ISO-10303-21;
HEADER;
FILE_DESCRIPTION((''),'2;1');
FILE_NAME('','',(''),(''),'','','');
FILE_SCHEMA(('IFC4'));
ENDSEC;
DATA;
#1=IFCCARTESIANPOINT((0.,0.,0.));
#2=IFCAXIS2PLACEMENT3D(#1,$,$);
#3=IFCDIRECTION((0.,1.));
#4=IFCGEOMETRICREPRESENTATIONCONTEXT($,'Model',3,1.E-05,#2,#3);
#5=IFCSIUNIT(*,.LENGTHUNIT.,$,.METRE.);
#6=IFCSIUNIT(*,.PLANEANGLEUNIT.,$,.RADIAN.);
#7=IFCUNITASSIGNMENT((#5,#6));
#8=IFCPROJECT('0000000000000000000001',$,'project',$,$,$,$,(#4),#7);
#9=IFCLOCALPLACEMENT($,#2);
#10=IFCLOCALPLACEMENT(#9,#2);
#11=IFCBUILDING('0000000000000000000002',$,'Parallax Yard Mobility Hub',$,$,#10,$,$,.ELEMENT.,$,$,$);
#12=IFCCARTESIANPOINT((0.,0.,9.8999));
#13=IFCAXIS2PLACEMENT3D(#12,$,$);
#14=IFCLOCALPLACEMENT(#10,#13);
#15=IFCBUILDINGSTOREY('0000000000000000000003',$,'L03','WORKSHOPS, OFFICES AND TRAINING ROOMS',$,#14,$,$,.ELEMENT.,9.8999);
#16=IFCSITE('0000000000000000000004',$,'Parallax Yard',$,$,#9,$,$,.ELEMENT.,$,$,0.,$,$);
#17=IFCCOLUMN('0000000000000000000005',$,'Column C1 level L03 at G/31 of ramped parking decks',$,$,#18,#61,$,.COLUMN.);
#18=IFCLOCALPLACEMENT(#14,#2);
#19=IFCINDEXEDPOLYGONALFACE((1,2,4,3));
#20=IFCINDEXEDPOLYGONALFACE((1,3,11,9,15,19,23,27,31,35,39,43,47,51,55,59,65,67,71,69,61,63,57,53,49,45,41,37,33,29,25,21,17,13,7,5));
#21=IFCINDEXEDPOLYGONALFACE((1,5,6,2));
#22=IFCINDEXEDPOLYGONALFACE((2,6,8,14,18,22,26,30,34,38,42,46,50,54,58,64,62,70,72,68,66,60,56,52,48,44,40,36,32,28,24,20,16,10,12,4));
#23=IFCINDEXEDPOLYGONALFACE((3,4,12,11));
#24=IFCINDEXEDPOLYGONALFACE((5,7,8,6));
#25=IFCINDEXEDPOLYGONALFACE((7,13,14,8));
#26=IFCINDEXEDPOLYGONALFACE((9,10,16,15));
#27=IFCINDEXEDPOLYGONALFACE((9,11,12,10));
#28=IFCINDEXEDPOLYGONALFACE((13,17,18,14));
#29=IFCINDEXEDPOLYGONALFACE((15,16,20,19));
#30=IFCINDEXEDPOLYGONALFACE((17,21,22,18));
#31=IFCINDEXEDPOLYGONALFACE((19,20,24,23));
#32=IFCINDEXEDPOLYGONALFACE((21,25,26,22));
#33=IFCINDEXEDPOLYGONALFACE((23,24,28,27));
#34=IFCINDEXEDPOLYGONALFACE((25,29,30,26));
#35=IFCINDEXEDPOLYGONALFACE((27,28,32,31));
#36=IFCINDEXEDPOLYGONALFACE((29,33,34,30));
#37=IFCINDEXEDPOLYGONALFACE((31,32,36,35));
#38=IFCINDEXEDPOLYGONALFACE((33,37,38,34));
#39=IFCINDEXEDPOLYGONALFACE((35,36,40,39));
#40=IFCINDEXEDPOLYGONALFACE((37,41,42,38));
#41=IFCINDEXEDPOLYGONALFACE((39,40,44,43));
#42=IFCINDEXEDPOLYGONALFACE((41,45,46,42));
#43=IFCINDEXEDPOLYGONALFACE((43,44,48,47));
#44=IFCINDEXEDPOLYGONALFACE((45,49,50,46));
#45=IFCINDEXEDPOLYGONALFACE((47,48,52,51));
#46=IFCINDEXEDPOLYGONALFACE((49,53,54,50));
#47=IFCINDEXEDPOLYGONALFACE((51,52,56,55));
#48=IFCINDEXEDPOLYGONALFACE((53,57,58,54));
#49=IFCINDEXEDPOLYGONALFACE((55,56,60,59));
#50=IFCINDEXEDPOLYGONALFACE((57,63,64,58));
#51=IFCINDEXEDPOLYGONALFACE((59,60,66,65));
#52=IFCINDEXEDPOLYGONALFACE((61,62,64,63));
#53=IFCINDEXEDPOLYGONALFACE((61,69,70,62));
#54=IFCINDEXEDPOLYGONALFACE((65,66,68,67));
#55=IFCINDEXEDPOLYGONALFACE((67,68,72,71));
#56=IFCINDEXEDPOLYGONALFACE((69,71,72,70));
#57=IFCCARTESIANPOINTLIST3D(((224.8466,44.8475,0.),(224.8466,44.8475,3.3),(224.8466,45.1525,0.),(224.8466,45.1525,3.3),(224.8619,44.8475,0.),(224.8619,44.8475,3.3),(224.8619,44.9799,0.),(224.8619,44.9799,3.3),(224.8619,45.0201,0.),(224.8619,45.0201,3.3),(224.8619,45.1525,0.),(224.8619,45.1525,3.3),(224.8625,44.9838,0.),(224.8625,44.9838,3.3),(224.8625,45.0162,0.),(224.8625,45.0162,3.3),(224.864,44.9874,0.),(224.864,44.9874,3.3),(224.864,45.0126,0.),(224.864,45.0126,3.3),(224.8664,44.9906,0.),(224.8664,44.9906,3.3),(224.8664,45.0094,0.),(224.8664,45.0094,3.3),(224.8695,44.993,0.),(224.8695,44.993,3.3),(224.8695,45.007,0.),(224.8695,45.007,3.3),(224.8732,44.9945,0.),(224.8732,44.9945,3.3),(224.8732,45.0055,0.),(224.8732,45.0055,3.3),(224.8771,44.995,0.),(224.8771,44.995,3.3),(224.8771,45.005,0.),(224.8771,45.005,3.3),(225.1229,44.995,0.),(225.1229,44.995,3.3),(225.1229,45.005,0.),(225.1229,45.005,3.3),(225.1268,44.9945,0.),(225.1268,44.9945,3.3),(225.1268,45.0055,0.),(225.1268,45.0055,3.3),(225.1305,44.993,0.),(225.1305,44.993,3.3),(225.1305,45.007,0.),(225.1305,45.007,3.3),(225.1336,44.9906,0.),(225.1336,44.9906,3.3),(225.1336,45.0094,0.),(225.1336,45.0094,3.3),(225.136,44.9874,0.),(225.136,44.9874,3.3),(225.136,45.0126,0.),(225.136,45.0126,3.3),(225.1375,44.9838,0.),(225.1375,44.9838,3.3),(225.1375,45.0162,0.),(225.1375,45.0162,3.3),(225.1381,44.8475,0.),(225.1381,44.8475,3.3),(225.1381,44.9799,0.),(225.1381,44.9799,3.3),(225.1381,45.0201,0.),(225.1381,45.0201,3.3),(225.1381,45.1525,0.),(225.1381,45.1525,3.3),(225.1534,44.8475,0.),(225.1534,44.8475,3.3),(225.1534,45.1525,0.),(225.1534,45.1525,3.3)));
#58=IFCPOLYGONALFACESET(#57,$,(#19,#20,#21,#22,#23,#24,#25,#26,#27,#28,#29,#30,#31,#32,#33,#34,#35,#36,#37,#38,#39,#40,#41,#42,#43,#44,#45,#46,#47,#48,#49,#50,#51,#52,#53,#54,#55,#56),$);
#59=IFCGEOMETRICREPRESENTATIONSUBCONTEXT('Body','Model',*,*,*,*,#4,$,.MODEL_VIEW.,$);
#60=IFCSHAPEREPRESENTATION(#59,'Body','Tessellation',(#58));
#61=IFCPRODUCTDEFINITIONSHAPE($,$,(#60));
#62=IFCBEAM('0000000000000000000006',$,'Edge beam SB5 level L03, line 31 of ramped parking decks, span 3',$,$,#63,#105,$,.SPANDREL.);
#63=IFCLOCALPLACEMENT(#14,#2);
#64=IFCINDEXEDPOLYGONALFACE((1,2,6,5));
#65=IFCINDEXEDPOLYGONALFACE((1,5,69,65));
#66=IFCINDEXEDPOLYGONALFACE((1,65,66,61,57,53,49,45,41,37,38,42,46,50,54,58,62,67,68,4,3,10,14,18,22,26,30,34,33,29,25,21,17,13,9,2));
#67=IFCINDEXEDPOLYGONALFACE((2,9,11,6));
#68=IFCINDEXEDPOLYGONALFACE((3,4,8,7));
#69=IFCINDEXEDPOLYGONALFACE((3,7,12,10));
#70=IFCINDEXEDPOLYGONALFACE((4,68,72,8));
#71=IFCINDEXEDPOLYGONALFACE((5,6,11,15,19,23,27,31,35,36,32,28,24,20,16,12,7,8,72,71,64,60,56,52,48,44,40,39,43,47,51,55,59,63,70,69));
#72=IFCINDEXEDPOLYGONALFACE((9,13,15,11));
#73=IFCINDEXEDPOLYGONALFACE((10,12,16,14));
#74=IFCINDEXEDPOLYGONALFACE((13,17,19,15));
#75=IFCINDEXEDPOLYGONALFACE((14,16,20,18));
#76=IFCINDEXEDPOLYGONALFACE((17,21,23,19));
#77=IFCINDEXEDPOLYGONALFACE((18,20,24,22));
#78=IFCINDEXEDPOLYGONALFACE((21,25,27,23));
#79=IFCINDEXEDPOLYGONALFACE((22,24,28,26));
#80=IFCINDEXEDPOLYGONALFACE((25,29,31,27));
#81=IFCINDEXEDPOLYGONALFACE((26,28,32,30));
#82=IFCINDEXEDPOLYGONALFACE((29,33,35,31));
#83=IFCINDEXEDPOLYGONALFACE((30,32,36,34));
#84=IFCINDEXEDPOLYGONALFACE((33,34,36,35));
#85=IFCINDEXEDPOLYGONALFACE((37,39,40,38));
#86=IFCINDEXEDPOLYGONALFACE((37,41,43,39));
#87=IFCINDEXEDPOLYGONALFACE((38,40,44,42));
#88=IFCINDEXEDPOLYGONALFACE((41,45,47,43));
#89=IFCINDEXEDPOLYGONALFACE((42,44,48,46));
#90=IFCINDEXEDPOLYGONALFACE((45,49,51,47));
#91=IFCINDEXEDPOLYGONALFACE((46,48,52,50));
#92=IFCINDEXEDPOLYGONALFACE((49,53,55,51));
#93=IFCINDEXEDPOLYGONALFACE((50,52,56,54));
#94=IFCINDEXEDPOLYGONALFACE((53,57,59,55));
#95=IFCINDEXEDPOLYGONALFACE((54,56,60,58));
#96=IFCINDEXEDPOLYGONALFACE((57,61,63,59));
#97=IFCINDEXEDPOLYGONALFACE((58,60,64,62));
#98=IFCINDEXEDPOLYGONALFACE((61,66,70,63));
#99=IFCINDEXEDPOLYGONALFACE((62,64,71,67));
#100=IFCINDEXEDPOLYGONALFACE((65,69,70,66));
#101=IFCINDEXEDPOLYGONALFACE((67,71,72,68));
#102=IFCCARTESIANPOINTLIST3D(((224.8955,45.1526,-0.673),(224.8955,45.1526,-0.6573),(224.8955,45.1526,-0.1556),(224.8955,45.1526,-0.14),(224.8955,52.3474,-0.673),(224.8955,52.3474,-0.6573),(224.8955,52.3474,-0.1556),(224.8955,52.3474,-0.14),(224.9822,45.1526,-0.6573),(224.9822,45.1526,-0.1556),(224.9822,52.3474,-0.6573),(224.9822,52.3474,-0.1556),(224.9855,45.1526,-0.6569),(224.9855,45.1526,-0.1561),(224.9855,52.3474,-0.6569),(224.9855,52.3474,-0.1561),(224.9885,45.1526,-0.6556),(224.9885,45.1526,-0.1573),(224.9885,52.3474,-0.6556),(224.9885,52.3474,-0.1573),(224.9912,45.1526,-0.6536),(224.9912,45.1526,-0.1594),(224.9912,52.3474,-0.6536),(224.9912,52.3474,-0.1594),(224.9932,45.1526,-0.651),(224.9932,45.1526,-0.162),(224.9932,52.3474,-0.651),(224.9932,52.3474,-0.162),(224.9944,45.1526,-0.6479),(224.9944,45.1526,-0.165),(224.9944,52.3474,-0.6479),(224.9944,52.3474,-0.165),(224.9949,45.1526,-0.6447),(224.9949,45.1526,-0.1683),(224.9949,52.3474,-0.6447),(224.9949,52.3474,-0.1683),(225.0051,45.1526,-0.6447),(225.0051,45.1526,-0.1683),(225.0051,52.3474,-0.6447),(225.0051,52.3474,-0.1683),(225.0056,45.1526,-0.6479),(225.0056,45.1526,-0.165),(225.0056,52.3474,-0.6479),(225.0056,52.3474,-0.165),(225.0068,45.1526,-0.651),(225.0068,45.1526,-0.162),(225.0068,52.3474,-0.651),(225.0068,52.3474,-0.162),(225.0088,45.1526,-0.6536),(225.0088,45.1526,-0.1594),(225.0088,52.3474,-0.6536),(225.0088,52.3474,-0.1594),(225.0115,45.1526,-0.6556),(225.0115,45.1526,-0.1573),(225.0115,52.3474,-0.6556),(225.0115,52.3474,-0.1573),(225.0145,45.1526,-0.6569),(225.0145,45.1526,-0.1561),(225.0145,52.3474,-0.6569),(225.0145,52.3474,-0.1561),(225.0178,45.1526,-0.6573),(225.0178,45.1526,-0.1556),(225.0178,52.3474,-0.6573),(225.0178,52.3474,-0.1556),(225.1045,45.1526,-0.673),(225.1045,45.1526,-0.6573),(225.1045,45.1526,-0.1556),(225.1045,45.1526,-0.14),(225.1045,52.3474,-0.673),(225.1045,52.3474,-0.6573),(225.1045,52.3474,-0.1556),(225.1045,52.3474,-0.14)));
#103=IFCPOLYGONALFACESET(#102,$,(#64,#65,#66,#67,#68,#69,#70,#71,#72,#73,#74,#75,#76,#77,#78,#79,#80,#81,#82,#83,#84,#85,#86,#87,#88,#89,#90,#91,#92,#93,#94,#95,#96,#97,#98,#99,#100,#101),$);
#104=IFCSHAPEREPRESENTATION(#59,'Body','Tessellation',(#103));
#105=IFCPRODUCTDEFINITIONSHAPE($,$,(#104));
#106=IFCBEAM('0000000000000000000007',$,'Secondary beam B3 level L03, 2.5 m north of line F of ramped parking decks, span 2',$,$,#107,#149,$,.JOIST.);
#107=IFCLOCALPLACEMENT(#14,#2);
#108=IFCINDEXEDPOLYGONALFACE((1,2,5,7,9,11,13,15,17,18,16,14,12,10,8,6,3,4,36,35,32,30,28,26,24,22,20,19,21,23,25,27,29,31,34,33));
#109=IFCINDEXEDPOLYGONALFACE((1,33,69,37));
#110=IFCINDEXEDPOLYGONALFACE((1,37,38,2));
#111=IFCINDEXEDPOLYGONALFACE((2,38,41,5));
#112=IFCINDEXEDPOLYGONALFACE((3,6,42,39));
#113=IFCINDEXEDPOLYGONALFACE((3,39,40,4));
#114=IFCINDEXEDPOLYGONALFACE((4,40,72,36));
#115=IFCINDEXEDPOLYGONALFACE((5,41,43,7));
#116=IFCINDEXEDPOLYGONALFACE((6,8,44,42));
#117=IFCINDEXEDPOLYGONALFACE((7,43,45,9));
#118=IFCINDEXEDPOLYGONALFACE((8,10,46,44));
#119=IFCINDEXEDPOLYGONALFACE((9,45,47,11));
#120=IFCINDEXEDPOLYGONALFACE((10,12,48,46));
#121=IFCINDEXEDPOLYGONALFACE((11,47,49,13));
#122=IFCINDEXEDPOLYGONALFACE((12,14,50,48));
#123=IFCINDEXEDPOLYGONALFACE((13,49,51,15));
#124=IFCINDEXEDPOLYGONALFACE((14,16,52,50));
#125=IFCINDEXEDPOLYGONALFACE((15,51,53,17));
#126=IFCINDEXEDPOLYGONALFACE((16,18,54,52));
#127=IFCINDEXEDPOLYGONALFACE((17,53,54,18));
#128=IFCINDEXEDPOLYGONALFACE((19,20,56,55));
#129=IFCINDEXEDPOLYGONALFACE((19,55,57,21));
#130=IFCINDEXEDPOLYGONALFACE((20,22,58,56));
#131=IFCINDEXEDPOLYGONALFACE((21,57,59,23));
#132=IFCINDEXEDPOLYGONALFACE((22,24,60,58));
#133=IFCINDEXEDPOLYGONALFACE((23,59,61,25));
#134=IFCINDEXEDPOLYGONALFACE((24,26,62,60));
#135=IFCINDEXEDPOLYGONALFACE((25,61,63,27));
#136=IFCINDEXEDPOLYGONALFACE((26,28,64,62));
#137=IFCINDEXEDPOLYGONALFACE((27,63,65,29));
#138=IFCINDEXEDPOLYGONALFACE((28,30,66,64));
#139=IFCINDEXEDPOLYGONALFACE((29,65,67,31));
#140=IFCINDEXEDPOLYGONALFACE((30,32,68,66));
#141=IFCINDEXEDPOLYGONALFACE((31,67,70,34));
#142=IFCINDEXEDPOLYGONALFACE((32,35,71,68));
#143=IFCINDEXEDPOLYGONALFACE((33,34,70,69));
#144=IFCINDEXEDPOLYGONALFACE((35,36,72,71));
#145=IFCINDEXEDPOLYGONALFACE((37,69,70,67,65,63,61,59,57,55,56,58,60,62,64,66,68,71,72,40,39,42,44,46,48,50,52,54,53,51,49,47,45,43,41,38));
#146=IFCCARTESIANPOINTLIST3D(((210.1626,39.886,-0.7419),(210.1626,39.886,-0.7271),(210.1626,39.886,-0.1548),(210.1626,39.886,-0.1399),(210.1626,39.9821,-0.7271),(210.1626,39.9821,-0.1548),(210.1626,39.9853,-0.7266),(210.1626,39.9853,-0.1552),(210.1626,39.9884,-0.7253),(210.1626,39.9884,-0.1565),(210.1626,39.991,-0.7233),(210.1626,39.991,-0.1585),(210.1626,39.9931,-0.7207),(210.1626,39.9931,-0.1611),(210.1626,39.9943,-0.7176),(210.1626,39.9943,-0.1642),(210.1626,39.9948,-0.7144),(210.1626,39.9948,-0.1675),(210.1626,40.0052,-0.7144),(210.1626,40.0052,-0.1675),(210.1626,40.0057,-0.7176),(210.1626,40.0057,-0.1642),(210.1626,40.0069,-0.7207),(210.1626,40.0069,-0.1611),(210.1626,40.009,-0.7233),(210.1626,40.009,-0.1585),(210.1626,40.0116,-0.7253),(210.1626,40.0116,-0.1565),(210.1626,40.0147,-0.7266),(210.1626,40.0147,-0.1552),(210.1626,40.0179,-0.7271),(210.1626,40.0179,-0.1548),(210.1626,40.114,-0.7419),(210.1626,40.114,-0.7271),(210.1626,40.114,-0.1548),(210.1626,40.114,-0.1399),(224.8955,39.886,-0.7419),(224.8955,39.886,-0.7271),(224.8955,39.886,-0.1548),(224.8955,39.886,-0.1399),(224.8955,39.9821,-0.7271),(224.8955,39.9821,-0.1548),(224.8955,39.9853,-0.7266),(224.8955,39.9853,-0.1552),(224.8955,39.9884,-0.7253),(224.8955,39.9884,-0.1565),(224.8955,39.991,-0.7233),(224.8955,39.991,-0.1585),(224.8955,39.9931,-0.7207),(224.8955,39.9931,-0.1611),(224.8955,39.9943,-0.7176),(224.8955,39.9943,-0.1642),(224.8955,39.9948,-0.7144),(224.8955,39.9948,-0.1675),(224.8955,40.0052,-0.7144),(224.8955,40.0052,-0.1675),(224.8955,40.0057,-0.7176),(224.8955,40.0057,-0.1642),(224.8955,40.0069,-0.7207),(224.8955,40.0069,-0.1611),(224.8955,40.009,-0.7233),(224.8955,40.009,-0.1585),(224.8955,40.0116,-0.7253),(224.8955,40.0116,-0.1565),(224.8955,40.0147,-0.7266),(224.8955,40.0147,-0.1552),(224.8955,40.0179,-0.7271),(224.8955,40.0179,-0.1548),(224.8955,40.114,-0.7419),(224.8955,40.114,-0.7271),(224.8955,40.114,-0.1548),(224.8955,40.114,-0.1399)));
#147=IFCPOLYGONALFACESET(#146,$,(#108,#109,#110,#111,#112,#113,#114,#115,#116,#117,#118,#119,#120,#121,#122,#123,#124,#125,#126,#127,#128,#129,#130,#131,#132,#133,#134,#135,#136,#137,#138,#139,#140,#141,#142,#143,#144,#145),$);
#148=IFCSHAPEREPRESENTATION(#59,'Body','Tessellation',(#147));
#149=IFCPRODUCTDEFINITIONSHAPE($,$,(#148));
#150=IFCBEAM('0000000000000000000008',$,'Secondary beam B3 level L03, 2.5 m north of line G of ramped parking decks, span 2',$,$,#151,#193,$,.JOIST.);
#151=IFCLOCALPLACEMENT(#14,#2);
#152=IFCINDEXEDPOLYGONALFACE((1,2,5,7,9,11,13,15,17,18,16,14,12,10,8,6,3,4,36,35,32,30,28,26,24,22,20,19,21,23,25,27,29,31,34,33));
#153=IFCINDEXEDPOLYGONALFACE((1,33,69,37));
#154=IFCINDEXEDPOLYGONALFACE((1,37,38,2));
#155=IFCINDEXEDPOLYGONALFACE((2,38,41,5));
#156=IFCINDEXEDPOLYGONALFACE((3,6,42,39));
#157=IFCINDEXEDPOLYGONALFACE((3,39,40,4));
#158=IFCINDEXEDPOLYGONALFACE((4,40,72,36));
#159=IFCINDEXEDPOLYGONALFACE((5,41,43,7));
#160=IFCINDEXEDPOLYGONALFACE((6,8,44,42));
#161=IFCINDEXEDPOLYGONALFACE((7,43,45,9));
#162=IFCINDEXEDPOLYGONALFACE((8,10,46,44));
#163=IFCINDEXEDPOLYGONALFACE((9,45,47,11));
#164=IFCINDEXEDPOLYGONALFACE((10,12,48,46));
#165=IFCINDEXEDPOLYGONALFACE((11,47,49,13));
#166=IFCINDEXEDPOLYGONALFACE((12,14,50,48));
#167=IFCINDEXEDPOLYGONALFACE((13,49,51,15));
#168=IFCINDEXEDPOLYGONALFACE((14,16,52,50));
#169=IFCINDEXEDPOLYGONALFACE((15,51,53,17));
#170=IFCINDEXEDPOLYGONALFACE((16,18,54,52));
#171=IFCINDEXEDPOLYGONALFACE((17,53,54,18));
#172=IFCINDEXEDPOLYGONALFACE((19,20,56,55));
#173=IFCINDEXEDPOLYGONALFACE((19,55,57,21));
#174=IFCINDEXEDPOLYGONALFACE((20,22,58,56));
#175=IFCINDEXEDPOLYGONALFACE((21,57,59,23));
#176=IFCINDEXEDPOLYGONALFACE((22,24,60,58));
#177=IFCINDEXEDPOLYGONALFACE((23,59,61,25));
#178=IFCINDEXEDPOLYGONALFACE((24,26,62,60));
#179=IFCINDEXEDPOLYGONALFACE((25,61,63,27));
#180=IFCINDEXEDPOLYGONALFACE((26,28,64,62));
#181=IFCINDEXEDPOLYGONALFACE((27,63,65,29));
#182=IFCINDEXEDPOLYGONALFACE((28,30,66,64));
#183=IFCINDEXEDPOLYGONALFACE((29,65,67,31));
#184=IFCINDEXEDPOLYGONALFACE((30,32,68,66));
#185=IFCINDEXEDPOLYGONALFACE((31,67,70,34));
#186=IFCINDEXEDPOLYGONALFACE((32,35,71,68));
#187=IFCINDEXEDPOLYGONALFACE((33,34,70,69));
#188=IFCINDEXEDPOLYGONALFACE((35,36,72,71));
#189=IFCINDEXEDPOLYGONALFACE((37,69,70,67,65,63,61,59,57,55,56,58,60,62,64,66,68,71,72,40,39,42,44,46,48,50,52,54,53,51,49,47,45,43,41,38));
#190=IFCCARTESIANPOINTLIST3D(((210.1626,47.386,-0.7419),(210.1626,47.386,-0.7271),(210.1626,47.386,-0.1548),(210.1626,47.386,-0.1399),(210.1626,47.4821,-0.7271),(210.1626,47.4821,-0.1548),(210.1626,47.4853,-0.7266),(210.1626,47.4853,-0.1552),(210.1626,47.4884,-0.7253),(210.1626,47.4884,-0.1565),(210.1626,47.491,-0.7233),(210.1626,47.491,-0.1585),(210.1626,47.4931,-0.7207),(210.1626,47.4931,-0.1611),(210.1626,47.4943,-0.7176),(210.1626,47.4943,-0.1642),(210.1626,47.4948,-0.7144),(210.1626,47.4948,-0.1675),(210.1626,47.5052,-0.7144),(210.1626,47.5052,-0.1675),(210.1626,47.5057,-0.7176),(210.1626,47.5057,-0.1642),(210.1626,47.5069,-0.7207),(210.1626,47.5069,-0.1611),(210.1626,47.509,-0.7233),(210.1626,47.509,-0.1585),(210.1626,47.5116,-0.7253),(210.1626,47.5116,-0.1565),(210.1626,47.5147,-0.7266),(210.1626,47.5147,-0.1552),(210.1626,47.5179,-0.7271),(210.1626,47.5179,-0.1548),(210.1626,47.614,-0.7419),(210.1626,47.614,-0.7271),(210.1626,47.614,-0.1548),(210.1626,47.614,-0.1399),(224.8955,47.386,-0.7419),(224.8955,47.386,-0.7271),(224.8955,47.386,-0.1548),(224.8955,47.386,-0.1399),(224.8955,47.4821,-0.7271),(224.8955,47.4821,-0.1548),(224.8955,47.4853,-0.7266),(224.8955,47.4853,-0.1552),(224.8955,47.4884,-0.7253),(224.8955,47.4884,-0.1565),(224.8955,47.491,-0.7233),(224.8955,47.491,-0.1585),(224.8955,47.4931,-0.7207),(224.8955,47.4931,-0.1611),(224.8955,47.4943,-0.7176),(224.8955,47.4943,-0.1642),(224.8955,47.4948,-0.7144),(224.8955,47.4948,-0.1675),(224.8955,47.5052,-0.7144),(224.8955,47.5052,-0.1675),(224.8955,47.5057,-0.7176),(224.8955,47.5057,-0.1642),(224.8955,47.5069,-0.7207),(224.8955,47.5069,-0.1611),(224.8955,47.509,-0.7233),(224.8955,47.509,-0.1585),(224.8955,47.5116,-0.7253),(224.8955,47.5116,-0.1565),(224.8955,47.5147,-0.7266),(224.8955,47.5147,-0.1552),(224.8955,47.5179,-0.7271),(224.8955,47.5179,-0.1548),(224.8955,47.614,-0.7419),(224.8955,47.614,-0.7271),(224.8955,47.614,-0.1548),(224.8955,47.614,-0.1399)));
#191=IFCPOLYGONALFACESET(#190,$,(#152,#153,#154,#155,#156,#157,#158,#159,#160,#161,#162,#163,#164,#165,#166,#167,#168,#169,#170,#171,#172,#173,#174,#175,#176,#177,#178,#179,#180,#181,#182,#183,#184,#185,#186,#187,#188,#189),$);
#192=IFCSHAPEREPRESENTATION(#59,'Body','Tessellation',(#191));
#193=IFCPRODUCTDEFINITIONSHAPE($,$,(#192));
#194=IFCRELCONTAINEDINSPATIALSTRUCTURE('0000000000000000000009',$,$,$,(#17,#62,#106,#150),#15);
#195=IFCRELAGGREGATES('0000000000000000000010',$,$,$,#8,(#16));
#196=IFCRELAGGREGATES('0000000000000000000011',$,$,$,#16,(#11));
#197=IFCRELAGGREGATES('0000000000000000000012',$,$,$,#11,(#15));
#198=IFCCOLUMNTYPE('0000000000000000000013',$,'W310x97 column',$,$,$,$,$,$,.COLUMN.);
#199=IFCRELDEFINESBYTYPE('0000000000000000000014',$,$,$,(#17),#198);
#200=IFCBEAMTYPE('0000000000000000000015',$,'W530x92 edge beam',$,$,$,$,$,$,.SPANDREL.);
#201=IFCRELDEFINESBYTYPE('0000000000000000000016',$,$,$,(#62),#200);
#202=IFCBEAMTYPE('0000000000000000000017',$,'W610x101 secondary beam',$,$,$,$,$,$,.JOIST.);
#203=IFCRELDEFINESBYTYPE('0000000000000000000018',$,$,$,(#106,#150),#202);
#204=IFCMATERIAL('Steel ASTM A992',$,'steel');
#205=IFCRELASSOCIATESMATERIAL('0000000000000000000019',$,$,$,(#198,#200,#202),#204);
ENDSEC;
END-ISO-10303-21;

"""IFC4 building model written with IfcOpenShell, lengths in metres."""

from ifc_helpers import new_model, si_unit, direction, frame, origin, origin_2d, place, context, subcontext, project, spatial, i_section, extrude, material, material_profile, profile_set, type_object, element, save


model = new_model("IFC4")

# Units and contexts
model_context = context("Model", 3, precision=1e-05, world=origin(), true_north=direction((0.0, 1.0)))
body_context = subcontext(model_context, "Body", "Model", "MODEL_VIEW")
ifc_project = project(units=[si_unit("LENGTHUNIT", "METRE"), si_unit("PLANEANGLEUNIT", "RADIAN")], contexts=[model_context])

# Site, building, storey
site_placement = place(None, origin())
site = spatial("IfcSite", under=ifc_project, at=site_placement, Name="Parallax Yard", CompositionType="ELEMENT", RefElevation=0.0)
building_placement = place(site_placement, origin())
building = spatial("IfcBuilding", under=site, at=building_placement, Name="Parallax Yard Mobility Hub", CompositionType="ELEMENT")
storey_placement = place(building_placement, frame((0.0, 0.0, 9.8999)))
storey = spatial("IfcBuildingStorey", under=building, at=storey_placement, Name="L03", Description="WORKSHOPS, OFFICES AND TRAINING ROOMS", CompositionType="ELEMENT", Elevation=9.8999)

# Column
ifc_material_1 = material(Name="Steel ASTM A992", Category="steel")
ifc_material_profile_1 = material_profile(ifc_material_1, i_section(OverallWidth=0.3049, OverallDepth=0.3069, WebThickness=0.01, FlangeThickness=0.0154, FilletRadius=0.0151, at=origin_2d()), Name="W310x97")
ifc_profile_set_1 = profile_set([ifc_material_profile_1], Name="Steel ASTM A992")
column_type = type_object("IfcColumnType", Name="W310x97 column", PredefinedType="COLUMN", material=ifc_profile_set_1)
column_placement = place(storey_placement, frame((225.0, 45.0, 0.0), z_axis=(0.0, 0.0, 1.0), x_axis=(0.0, 1.0, 0.0)))
element("IfcColumn", 1, at=column_placement, inside=storey, type_object=column_type, Name="Column C1 level L03 at G/31 of ramped parking decks", PredefinedType="COLUMN", context=body_context, shape_type="SweptSolid", body=[
    extrude(i_section(OverallWidth=0.3049, OverallDepth=0.3069, WebThickness=0.01, FlangeThickness=0.0154, FilletRadius=0.0151, at=origin_2d()), origin(), (0.0, 0.0, 1.0), 3.3),
])

# Beams
ifc_material_profile_2 = material_profile(ifc_material_1, i_section(OverallWidth=0.209, OverallDepth=0.533, WebThickness=0.0103, FlangeThickness=0.0156, FilletRadius=0.0127, at=origin_2d()), Name="W530x92")
ifc_profile_set_2 = profile_set([ifc_material_profile_2], Name="Steel ASTM A992")
beam_type_1 = type_object("IfcBeamType", Name="W530x92 edge beam", PredefinedType="SPANDREL", material=ifc_profile_set_2)
beam_1_placement = place(storey_placement, frame((225.0, 45.1526, -0.4065), z_axis=(0.0, 1.0, 0.0), x_axis=(-1.0, 0.0, 0.0)))
element("IfcBeam", 2, at=beam_1_placement, inside=storey, type_object=beam_type_1, Name="Edge beam SB5 level L03, line 31 of ramped parking decks, span 3", PredefinedType="SPANDREL", context=body_context, shape_type="SweptSolid", body=[
    extrude(i_section(OverallWidth=0.209, OverallDepth=0.533, WebThickness=0.0103, FlangeThickness=0.0156, FilletRadius=0.0127, at=origin_2d()), origin(), (0.0, 0.0, 1.0), 7.1948),
])
ifc_material_profile_3 = material_profile(ifc_material_1, i_section(OverallWidth=0.228, OverallDepth=0.6021, WebThickness=0.0105, FlangeThickness=0.0149, FilletRadius=0.0127, at=origin_2d()), Name="W610x101")
ifc_profile_set_3 = profile_set([ifc_material_profile_3], Name="Steel ASTM A992")
beam_type_2 = type_object("IfcBeamType", Name="W610x101 secondary beam", PredefinedType="JOIST", material=ifc_profile_set_3)
for number, where, z_axis, x_axis, name in (
    (3, (210.1626, 40.0, -0.4409), (1.0, 0.0, 0.0), (0.0, 1.0, 0.0), "Secondary beam B3 level L03, 2.5 m north of line F of ramped parking decks, span 2"),
    (4, (210.1626, 47.5, -0.4409), (1.0, 0.0, 0.0), (0.0, 1.0, 0.0), "Secondary beam B3 level L03, 2.5 m north of line G of ramped parking decks, span 2"),
):
    element("IfcBeam", number, at=place(storey_placement, frame(where, z_axis=z_axis, x_axis=x_axis)), inside=storey, type_object=beam_type_2, Name=name, PredefinedType="JOIST", context=body_context, shape_type="SweptSolid", body=[
        extrude(i_section(OverallWidth=0.228, OverallDepth=0.6021, WebThickness=0.0105, FlangeThickness=0.0149, FilletRadius=0.0127, at=origin_2d()), origin(), (0.0, 0.0, 1.0), 14.7329),
    ])

save(model, "model.ifc")
